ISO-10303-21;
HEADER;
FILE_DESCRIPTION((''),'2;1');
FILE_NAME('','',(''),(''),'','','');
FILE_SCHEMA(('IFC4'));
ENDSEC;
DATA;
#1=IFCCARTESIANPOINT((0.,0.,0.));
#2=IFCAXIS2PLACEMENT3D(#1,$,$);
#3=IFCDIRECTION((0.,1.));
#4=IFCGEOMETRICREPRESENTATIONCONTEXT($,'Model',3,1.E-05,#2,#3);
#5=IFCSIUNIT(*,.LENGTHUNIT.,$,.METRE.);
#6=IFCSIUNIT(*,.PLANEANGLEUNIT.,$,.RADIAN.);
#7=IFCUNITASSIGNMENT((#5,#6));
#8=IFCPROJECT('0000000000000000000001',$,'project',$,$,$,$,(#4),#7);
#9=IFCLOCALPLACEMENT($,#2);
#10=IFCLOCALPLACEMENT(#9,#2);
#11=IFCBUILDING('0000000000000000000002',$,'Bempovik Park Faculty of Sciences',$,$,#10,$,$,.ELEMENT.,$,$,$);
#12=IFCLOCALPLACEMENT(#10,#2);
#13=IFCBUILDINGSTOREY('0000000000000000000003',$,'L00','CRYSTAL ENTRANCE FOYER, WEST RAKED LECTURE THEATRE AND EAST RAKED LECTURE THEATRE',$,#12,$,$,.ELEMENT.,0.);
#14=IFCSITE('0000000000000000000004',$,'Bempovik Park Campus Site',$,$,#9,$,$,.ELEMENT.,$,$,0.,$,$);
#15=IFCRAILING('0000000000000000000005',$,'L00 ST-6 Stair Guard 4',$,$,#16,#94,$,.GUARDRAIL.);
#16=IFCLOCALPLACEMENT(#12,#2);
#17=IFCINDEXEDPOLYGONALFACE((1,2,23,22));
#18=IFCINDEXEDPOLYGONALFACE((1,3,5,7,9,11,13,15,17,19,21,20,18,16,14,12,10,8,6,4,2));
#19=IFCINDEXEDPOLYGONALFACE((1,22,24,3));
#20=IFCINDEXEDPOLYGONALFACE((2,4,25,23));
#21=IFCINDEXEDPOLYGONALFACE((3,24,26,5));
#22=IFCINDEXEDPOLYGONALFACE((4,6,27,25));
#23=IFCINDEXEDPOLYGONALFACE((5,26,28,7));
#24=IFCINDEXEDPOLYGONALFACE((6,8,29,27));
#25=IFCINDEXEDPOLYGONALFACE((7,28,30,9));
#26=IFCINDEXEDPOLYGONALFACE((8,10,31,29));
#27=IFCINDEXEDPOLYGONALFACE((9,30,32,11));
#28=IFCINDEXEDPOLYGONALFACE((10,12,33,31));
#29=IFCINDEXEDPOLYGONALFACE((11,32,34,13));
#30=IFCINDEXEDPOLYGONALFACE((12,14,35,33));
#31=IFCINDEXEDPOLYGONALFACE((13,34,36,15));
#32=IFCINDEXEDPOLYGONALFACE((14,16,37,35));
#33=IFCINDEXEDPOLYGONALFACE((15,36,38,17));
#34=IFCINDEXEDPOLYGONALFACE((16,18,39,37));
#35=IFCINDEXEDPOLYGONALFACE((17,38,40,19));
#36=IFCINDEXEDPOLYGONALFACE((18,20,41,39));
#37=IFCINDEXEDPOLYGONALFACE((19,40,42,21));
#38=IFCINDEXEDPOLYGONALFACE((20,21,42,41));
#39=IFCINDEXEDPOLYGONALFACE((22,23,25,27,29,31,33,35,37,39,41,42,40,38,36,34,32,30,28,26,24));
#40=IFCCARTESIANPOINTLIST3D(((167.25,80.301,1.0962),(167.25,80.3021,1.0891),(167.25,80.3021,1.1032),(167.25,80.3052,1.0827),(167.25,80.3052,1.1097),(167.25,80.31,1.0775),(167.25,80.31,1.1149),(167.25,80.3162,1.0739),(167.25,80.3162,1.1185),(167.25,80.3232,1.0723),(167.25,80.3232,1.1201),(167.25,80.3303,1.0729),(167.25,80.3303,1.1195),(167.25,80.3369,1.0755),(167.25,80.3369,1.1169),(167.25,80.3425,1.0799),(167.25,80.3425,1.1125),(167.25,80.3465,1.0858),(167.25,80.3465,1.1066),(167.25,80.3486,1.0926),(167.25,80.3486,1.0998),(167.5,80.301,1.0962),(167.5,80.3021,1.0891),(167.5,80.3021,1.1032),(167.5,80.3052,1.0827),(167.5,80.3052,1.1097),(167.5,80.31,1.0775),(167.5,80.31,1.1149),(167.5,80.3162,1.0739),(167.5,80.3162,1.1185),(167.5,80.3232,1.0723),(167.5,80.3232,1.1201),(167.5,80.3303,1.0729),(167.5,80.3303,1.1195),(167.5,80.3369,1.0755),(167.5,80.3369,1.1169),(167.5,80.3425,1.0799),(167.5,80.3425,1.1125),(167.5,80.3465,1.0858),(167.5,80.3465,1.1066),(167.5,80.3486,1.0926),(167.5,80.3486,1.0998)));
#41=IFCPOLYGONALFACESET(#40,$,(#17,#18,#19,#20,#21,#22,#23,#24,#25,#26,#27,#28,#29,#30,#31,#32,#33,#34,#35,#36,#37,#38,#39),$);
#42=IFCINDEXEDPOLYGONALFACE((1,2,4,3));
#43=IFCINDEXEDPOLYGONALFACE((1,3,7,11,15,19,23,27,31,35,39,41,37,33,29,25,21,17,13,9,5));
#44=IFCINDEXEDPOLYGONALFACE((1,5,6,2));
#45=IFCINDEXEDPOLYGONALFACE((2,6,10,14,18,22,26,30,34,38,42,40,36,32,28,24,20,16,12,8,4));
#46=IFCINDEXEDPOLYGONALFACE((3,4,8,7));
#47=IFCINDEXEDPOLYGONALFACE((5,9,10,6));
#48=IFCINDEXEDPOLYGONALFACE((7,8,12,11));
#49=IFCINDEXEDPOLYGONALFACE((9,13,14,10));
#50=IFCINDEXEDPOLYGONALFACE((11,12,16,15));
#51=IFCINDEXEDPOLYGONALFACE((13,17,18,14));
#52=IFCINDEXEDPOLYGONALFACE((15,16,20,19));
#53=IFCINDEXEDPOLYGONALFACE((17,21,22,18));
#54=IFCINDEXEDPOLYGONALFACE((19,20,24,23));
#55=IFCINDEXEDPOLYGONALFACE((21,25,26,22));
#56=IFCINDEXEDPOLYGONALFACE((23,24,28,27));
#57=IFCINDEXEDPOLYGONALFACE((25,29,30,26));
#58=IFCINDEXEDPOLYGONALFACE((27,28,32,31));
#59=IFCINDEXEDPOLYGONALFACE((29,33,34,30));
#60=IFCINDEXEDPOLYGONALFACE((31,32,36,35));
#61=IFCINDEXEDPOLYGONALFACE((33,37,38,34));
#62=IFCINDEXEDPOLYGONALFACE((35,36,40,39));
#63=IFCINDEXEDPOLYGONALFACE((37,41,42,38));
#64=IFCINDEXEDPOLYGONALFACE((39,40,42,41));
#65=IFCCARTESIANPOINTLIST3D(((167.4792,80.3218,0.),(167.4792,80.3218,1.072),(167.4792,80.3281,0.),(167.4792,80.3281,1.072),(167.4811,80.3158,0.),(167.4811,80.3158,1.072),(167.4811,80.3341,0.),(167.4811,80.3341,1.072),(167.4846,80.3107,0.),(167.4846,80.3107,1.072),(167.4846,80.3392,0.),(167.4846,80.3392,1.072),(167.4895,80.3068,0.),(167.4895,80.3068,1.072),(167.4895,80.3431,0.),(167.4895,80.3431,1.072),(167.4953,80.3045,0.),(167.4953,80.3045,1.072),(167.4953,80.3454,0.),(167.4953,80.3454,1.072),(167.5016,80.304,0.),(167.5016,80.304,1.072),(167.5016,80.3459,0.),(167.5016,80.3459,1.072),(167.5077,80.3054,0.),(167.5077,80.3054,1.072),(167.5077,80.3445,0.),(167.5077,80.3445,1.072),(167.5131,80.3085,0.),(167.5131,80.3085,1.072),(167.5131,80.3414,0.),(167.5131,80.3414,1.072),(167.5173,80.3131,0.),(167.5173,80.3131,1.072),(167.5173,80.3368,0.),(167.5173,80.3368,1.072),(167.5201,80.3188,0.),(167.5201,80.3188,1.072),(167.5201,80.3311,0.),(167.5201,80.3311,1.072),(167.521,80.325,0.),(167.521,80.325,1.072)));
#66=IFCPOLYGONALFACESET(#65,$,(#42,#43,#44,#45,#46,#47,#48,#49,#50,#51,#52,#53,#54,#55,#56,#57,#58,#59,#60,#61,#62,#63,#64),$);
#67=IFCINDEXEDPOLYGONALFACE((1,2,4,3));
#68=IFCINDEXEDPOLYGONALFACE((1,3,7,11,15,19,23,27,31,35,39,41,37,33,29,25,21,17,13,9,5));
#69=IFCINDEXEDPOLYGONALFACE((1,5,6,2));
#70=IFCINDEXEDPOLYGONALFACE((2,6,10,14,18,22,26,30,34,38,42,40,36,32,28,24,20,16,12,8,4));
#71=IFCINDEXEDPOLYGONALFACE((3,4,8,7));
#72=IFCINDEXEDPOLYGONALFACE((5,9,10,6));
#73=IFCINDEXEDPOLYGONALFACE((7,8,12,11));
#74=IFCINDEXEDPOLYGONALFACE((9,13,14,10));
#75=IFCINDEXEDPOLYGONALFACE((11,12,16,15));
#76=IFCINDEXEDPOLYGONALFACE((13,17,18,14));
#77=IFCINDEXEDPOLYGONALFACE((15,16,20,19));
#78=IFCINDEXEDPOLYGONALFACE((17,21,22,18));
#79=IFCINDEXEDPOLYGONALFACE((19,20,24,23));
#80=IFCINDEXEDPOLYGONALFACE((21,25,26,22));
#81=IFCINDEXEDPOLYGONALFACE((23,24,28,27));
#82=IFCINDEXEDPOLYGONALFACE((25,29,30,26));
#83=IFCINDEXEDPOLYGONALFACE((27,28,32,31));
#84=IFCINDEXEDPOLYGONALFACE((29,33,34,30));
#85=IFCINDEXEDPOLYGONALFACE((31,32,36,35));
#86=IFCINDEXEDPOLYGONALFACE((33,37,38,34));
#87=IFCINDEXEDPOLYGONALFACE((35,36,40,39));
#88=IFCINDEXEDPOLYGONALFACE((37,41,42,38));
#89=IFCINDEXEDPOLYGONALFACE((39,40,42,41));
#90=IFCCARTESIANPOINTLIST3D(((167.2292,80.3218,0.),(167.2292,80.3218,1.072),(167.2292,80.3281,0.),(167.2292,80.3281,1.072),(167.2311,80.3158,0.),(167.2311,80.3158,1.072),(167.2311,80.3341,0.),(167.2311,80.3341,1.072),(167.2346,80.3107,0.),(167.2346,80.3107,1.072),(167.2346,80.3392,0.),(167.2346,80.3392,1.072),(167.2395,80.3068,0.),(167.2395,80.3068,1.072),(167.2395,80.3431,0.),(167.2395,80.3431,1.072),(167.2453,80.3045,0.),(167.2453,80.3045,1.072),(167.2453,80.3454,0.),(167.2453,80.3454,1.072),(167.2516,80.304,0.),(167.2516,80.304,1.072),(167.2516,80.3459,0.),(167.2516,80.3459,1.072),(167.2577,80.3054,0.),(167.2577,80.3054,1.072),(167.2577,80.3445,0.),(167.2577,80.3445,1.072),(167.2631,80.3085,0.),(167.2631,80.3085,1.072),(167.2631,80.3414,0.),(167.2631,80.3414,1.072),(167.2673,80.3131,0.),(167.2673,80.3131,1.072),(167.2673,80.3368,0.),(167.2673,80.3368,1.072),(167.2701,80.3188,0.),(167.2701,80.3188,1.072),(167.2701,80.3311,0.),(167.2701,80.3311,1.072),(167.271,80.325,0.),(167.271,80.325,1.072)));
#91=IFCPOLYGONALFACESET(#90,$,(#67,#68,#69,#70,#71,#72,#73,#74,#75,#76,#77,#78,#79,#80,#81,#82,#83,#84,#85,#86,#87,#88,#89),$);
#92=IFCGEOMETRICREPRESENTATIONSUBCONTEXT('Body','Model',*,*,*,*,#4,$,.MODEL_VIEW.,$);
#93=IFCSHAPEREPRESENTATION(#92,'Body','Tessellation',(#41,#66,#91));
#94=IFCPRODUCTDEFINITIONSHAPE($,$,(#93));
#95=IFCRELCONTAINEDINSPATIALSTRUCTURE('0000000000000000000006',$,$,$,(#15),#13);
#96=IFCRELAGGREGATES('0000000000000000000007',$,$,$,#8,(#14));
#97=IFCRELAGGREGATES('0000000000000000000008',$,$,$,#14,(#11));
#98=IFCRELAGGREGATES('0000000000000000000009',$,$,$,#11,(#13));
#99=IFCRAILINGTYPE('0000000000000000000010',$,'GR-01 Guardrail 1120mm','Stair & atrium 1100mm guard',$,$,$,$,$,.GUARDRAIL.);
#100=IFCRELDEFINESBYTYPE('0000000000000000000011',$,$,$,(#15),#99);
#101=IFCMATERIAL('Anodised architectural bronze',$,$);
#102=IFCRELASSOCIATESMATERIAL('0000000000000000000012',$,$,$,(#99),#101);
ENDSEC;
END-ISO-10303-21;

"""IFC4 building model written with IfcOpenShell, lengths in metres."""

from ifc_helpers import new_model, si_unit, direction, frame, origin, origin_2d, place, context, subcontext, project, spatial, circle, extrude, material, type_object, element, save


model = new_model("IFC4")

# Units and contexts
model_context = context("Model", 3, precision=1e-05, world=origin(), true_north=direction((0.0, 1.0)))
body_context = subcontext(model_context, "Body", "Model", "MODEL_VIEW")
ifc_project = project(units=[si_unit("LENGTHUNIT", "METRE"), si_unit("PLANEANGLEUNIT", "RADIAN")], contexts=[model_context])

# Site, building, storey
site_placement = place(None, origin())
site = spatial("IfcSite", under=ifc_project, at=site_placement, Name="Bempovik Park Campus Site", CompositionType="ELEMENT", RefElevation=0.0)
building_placement = place(site_placement, origin())
building = spatial("IfcBuilding", under=site, at=building_placement, Name="Bempovik Park Faculty of Sciences", CompositionType="ELEMENT")
storey_placement = place(building_placement, origin())
storey = spatial("IfcBuildingStorey", under=building, at=storey_placement, Name="L00", Description="CRYSTAL ENTRANCE FOYER, WEST RAKED LECTURE THEATRE AND EAST RAKED LECTURE THEATRE", CompositionType="ELEMENT", Elevation=0.0)

# Railing
ifc_material_1 = material(Name="Anodised architectural bronze")
railing_type_1 = type_object("IfcRailingType", Name="GR-01 Guardrail 1120mm", Description="Stair & atrium 1100mm guard", PredefinedType="GUARDRAIL", material=ifc_material_1)
railing_1_placement = place(storey_placement, frame((167.5, 80.325, 0.0)))
element("IfcRailing", 1, at=railing_1_placement, inside=storey, type_object=railing_type_1, Name="L00 ST-6 Stair Guard 4", PredefinedType="GUARDRAIL", context=body_context, shape_type="SweptSolid", body=[
    extrude(circle(Radius=0.0239, at=origin_2d()), frame((0.0, 0.0, 1.0962), z_axis=(-1.0, 0.0, 0.0), x_axis=(0.0, -1.0, 0.0)), (0.0, 0.0, 1.0), 0.25),
    extrude(circle(Radius=0.021, at=origin_2d()), origin(), (0.0, 0.0, 1.0), 1.072),
    extrude(circle(Radius=0.021, at=origin_2d()), frame((-0.25, 0.0, 0.0)), (0.0, 0.0, 1.0), 1.072),
])

save(model, "model.ifc")
